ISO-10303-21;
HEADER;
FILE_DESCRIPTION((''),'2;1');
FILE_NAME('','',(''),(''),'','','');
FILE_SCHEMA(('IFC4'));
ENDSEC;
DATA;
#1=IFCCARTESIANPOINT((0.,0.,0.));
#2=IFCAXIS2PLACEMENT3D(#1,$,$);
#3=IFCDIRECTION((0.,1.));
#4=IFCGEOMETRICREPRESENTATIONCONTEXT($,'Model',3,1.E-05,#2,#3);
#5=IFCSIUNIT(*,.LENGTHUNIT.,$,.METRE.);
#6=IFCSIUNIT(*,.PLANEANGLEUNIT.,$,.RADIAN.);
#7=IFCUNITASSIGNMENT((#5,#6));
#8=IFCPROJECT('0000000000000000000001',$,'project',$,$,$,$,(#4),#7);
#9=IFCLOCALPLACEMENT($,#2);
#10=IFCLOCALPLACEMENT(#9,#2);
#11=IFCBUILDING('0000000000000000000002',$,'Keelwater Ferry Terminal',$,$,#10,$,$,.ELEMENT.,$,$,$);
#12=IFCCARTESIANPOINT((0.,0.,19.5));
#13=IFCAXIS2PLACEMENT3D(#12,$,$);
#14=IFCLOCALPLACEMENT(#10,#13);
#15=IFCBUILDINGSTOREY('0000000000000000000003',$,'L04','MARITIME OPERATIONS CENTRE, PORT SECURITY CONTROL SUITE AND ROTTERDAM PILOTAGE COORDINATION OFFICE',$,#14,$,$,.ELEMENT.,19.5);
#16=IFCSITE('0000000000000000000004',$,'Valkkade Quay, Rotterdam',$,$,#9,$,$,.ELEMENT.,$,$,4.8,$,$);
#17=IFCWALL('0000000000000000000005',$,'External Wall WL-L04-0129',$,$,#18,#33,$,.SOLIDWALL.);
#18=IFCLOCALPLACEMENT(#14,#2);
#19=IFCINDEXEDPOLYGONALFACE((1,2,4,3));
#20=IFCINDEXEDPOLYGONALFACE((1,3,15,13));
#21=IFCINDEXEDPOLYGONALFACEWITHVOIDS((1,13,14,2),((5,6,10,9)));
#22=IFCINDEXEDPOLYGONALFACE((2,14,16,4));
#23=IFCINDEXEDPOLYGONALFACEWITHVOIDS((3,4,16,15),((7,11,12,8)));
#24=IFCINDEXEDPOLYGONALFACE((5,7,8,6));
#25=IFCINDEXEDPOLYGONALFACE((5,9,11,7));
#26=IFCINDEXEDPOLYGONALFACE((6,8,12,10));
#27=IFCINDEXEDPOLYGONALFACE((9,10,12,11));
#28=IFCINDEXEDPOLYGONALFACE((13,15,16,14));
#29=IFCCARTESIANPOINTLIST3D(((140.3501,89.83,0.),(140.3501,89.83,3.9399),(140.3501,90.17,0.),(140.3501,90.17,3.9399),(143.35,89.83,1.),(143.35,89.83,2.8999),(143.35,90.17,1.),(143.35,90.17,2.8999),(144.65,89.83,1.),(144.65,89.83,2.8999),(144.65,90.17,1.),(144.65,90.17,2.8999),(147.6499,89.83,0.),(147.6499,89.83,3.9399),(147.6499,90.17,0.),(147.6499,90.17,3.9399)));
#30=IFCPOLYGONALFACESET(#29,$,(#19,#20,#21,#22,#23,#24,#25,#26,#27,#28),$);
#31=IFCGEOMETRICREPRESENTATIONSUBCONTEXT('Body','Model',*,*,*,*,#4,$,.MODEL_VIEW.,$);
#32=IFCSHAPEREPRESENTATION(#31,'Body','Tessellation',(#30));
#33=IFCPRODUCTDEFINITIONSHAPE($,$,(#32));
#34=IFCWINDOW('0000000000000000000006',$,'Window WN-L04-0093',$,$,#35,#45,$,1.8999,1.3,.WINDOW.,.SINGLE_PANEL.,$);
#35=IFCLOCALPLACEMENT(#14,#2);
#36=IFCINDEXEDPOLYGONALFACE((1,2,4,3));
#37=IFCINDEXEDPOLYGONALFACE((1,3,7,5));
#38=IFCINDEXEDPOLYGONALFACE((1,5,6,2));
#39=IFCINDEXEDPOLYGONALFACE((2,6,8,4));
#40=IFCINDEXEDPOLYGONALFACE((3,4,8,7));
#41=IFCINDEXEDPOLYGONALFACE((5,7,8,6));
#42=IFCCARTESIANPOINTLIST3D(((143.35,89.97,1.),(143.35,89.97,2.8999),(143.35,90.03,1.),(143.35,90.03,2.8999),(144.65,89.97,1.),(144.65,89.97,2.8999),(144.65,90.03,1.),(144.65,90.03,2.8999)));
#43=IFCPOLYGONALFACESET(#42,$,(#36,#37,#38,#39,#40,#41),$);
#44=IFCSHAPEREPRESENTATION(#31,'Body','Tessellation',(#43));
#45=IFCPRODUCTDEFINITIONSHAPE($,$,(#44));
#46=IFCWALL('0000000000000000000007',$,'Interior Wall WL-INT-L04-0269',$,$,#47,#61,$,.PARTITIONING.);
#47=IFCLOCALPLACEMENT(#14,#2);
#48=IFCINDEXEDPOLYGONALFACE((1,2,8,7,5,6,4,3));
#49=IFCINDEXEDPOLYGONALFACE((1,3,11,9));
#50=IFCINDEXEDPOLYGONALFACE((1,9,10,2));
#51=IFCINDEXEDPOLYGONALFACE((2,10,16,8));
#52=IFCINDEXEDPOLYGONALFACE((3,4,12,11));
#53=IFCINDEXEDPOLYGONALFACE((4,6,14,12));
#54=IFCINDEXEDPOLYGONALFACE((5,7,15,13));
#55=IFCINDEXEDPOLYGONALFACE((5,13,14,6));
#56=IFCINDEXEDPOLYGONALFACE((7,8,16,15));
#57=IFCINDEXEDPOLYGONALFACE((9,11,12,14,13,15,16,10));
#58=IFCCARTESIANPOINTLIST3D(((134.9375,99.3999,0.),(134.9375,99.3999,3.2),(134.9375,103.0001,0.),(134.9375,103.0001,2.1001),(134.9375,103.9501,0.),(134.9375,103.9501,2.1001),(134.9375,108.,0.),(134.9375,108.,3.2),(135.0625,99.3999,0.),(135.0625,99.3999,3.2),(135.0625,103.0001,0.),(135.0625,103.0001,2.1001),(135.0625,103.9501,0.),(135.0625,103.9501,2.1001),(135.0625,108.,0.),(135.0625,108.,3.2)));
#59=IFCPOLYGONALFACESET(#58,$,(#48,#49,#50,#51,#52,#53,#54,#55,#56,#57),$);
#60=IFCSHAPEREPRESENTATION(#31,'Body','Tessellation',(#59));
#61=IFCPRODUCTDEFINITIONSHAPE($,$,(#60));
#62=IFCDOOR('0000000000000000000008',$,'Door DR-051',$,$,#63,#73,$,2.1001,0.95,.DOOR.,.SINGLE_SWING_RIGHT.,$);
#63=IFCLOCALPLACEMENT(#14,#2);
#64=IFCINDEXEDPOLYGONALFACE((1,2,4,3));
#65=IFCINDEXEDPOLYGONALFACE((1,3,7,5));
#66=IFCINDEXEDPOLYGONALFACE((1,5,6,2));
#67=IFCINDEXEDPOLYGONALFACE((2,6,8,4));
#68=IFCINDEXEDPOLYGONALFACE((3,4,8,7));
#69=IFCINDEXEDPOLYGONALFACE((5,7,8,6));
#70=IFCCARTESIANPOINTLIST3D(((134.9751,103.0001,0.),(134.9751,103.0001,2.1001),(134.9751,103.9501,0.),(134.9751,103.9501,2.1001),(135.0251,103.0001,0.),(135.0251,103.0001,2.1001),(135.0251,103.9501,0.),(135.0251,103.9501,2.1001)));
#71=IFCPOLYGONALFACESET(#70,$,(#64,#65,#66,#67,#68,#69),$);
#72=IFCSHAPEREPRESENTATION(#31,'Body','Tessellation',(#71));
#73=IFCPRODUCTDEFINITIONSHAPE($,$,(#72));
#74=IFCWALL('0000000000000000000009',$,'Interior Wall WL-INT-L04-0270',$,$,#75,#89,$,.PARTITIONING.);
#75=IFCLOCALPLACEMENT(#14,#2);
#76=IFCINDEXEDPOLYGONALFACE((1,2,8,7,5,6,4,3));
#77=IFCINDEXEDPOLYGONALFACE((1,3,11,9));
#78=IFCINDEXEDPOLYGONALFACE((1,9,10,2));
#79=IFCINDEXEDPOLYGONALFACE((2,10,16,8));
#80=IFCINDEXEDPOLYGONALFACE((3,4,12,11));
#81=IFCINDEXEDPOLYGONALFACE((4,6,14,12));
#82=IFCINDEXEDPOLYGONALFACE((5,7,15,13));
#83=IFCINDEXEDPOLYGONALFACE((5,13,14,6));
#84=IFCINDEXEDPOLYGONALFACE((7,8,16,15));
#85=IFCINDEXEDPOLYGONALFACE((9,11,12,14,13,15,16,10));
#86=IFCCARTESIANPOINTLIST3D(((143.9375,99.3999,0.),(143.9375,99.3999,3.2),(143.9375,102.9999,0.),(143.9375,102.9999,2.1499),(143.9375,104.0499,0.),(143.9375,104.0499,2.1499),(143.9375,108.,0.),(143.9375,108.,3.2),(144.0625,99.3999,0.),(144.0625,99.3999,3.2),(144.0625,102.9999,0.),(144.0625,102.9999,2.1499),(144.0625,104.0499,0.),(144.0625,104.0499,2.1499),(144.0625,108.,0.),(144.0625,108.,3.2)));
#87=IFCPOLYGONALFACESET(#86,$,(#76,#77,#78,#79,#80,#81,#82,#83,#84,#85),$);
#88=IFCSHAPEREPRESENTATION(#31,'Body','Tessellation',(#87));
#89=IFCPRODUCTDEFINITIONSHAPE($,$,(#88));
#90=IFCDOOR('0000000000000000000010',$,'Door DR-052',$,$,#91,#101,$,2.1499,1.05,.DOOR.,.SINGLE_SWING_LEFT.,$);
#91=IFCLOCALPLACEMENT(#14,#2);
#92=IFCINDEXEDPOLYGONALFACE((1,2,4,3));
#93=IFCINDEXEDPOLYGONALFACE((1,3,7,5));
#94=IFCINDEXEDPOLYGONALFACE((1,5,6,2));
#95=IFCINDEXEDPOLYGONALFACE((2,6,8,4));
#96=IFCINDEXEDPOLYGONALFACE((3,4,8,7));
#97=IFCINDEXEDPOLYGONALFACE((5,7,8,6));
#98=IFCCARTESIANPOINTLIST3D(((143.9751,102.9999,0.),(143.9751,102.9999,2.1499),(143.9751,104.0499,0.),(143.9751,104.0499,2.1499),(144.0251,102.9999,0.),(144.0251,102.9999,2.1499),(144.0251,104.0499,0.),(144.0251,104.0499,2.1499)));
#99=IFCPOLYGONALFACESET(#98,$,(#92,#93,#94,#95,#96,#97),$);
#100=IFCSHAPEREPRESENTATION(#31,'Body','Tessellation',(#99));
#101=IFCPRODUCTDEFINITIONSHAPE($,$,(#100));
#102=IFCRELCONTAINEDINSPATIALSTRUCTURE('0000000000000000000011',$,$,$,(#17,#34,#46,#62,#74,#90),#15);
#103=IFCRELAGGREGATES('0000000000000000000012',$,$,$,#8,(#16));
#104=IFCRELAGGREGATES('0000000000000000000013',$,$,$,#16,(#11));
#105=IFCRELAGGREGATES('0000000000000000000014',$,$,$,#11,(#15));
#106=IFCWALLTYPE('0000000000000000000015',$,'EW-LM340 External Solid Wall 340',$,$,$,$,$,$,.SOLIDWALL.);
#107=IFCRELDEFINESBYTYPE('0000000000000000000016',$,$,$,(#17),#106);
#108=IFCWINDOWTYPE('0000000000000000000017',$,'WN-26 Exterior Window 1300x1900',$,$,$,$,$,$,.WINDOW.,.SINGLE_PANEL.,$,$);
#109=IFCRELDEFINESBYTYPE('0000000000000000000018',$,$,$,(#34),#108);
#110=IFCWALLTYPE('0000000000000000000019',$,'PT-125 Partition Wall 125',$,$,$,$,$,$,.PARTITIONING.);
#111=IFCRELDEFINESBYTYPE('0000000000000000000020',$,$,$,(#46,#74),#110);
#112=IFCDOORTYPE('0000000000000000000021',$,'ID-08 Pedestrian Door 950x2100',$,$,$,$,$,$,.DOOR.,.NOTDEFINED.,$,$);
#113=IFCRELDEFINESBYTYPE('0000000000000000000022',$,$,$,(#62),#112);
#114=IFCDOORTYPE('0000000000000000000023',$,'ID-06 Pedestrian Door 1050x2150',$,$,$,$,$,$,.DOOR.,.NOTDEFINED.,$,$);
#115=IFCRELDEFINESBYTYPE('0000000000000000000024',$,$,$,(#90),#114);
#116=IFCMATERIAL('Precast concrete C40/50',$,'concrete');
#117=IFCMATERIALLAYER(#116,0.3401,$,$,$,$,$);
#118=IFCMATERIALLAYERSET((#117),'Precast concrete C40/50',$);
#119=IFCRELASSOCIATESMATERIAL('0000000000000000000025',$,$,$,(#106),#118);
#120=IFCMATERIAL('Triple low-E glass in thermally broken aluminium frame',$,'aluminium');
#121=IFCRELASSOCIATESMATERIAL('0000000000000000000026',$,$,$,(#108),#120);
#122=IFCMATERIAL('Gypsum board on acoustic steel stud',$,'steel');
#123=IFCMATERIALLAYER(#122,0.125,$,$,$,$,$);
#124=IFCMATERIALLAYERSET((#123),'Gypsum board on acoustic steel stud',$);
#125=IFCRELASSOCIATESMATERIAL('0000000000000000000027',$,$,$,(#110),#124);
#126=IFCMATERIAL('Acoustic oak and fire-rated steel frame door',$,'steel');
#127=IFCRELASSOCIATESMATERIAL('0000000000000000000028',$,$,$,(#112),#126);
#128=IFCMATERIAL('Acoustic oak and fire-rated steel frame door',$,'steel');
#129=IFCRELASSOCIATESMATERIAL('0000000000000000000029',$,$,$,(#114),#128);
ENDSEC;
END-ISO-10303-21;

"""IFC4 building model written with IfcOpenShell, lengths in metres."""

from ifc_helpers import new_model, si_unit, direction, frame, frame_2d, origin, place, context, subcontext, project, spatial, rectangle, extrude, material, layer, layer_set, type_object, element, fill, save


model = new_model("IFC4")

# Units and contexts
model_context = context("Model", 3, precision=1e-05, world=origin(), true_north=direction((0.0, 1.0)))
body_context = subcontext(model_context, "Body", "Model", "MODEL_VIEW")
ifc_project = project(units=[si_unit("LENGTHUNIT", "METRE"), si_unit("PLANEANGLEUNIT", "RADIAN")], contexts=[model_context])

# Site, building, storey
site_placement = place(None, origin())
site = spatial("IfcSite", under=ifc_project, at=site_placement, Name="Valkkade Quay, Rotterdam", CompositionType="ELEMENT", RefElevation=4.8)
building_placement = place(site_placement, origin())
building = spatial("IfcBuilding", under=site, at=building_placement, Name="Keelwater Ferry Terminal", CompositionType="ELEMENT")
storey_placement = place(building_placement, frame((0.0, 0.0, 19.5)))
storey = spatial("IfcBuildingStorey", under=building, at=storey_placement, Name="L04", Description="MARITIME OPERATIONS CENTRE, PORT SECURITY CONTROL SUITE AND ROTTERDAM PILOTAGE COORDINATION OFFICE", CompositionType="ELEMENT", Elevation=19.5)

# Shared definitions
ifc_material_1 = material(Name="Precast concrete C40/50", Category="concrete")
ifc_layer_1 = layer(ifc_material_1, 0.3401)
ifc_layer_set_1 = layer_set([ifc_layer_1], Name="Precast concrete C40/50")
wall_type_1 = type_object("IfcWallType", Name="EW-LM340 External Solid Wall 340", PredefinedType="SOLIDWALL", material=ifc_layer_set_1)

# Wall, opening, window
wall_1_placement = place(storey_placement, frame((147.6499, 90.0, 0.0), z_axis=(0.0, 0.0, 1.0), x_axis=(-1.0, 0.0, 0.0)))
wall_1 = element("IfcWall", 1, at=wall_1_placement, inside=storey, type_object=wall_type_1, Name="External Wall WL-L04-0129", PredefinedType="SOLIDWALL", context=body_context, shape_type="SweptSolid", body=[
    extrude(rectangle(XDim=7.2998, YDim=0.3401, at=frame_2d((3.6499, 0.0))), origin(), (0.0, 0.0, 1.0), 3.9399),
])
opening_1_placement = place(wall_1_placement, frame((3.0, 0.0, 1.0)))
opening_1 = element("IfcOpeningElement", 2, at=opening_1_placement, cuts=wall_1, PredefinedType="OPENING", context=body_context, shape_type="SweptSolid", body=[
    extrude(rectangle(XDim=1.3, YDim=1.8999, at=frame_2d((0.6499, 0.95))), frame((0.0, 0.1799, 0.0), z_axis=(0.0, -1.0, 0.0), x_axis=(1.0, 0.0, 0.0)), (0.0, 0.0, 1.0), 0.3601),
])
ifc_material_2 = material(Name="Triple low-E glass in thermally broken aluminium frame", Category="aluminium")
window_type = type_object("IfcWindowType", Name="WN-26 Exterior Window 1300x1900", PartitioningType="SINGLE_PANEL", PredefinedType="WINDOW", material=ifc_material_2)
window_placement = place(opening_1_placement, origin())
window = element("IfcWindow", 3, at=window_placement, inside=storey, type_object=window_type, Name="Window WN-L04-0093", OverallHeight=1.8999, OverallWidth=1.3, PartitioningType="SINGLE_PANEL", PredefinedType="WINDOW", context=body_context, shape_type="SweptSolid", body=[
    extrude(rectangle(XDim=1.3, YDim=1.8999, at=frame_2d((0.6499, 0.95))), frame((0.0, 0.03, 0.0), z_axis=(0.0, -1.0, 0.0), x_axis=(1.0, 0.0, 0.0)), (0.0, 0.0, 1.0), 0.0601),
])
fill(opening_1, window)

# Walls, openings, doors
ifc_material_3 = material(Name="Gypsum board on acoustic steel stud", Category="steel")
ifc_layer_2 = layer(ifc_material_3, 0.125)
ifc_layer_set_2 = layer_set([ifc_layer_2], Name="Gypsum board on acoustic steel stud")
wall_type_2 = type_object("IfcWallType", Name="PT-125 Partition Wall 125", PredefinedType="PARTITIONING", material=ifc_layer_set_2)
wall_2_placement = place(storey_placement, frame((135.0, 99.3999, 0.0), z_axis=(0.0, 0.0, 1.0), x_axis=(0.0, 1.0, 0.0)))
wall_2 = element("IfcWall", 4, at=wall_2_placement, inside=storey, type_object=wall_type_2, Name="Interior Wall WL-INT-L04-0269", PredefinedType="PARTITIONING", context=body_context, shape_type="SweptSolid", body=[
    extrude(rectangle(XDim=8.6001, YDim=0.125, at=frame_2d((4.3, 0.0))), origin(), (0.0, 0.0, 1.0), 3.2),
])
opening_2_placement = place(wall_2_placement, frame((3.6001, 0.0, 0.0)))
opening_2 = element("IfcOpeningElement", 5, at=opening_2_placement, cuts=wall_2, PredefinedType="OPENING", context=body_context, shape_type="SweptSolid", body=[
    extrude(rectangle(XDim=0.95, YDim=2.1001, at=frame_2d((0.4751, 1.05))), frame((0.0, 0.0725, 0.0), z_axis=(0.0, -1.0, 0.0), x_axis=(1.0, 0.0, 0.0)), (0.0, 0.0, 1.0), 0.145),
])
ifc_material_4 = material(Name="Acoustic oak and fire-rated steel frame door", Category="steel")
door_type_1 = type_object("IfcDoorType", Name="ID-08 Pedestrian Door 950x2100", OperationType="NOTDEFINED", PredefinedType="DOOR", material=ifc_material_4)
door_1_placement = place(opening_2_placement, origin())
door_1 = element("IfcDoor", 6, at=door_1_placement, inside=storey, type_object=door_type_1, Name="Door DR-051", OperationType="SINGLE_SWING_RIGHT", OverallHeight=2.1001, OverallWidth=0.95, PredefinedType="DOOR", context=body_context, shape_type="SweptSolid", body=[
    extrude(rectangle(XDim=0.95, YDim=2.1001, at=frame_2d((0.4751, 1.05))), frame((0.0, 0.0249, 0.0), z_axis=(0.0, -1.0, 0.0), x_axis=(1.0, 0.0, 0.0)), (0.0, 0.0, 1.0), 0.05),
])
fill(opening_2, door_1)
wall_3_placement = place(storey_placement, frame((144.0, 99.3999, 0.0), z_axis=(0.0, 0.0, 1.0), x_axis=(0.0, 1.0, 0.0)))
wall_3 = element("IfcWall", 7, at=wall_3_placement, inside=storey, type_object=wall_type_2, Name="Interior Wall WL-INT-L04-0270", PredefinedType="PARTITIONING", context=body_context, shape_type="SweptSolid", body=[
    extrude(rectangle(XDim=8.6001, YDim=0.125, at=frame_2d((4.3, 0.0))), origin(), (0.0, 0.0, 1.0), 3.2),
])
opening_3_placement = place(wall_3_placement, frame((3.6001, 0.0, 0.0)))
opening_3 = element("IfcOpeningElement", 8, at=opening_3_placement, cuts=wall_3, PredefinedType="OPENING", context=body_context, shape_type="SweptSolid", body=[
    extrude(rectangle(XDim=1.05, YDim=2.1499, at=frame_2d((0.5249, 1.075))), frame((0.0, 0.0725, 0.0), z_axis=(0.0, -1.0, 0.0), x_axis=(1.0, 0.0, 0.0)), (0.0, 0.0, 1.0), 0.145),
])
ifc_material_5 = material(Name="Acoustic oak and fire-rated steel frame door", Category="steel")
door_type_2 = type_object("IfcDoorType", Name="ID-06 Pedestrian Door 1050x2150", OperationType="NOTDEFINED", PredefinedType="DOOR", material=ifc_material_5)
door_2_placement = place(opening_3_placement, origin())
door_2 = element("IfcDoor", 9, at=door_2_placement, inside=storey, type_object=door_type_2, Name="Door DR-052", OperationType="SINGLE_SWING_LEFT", OverallHeight=2.1499, OverallWidth=1.05, PredefinedType="DOOR", context=body_context, shape_type="SweptSolid", body=[
    extrude(rectangle(XDim=1.05, YDim=2.1499, at=frame_2d((0.5249, 1.075))), frame((0.0, 0.0249, 0.0), z_axis=(0.0, -1.0, 0.0), x_axis=(1.0, 0.0, 0.0)), (0.0, 0.0, 1.0), 0.05),
])
fill(opening_3, door_2)

save(model, "model.ifc")
